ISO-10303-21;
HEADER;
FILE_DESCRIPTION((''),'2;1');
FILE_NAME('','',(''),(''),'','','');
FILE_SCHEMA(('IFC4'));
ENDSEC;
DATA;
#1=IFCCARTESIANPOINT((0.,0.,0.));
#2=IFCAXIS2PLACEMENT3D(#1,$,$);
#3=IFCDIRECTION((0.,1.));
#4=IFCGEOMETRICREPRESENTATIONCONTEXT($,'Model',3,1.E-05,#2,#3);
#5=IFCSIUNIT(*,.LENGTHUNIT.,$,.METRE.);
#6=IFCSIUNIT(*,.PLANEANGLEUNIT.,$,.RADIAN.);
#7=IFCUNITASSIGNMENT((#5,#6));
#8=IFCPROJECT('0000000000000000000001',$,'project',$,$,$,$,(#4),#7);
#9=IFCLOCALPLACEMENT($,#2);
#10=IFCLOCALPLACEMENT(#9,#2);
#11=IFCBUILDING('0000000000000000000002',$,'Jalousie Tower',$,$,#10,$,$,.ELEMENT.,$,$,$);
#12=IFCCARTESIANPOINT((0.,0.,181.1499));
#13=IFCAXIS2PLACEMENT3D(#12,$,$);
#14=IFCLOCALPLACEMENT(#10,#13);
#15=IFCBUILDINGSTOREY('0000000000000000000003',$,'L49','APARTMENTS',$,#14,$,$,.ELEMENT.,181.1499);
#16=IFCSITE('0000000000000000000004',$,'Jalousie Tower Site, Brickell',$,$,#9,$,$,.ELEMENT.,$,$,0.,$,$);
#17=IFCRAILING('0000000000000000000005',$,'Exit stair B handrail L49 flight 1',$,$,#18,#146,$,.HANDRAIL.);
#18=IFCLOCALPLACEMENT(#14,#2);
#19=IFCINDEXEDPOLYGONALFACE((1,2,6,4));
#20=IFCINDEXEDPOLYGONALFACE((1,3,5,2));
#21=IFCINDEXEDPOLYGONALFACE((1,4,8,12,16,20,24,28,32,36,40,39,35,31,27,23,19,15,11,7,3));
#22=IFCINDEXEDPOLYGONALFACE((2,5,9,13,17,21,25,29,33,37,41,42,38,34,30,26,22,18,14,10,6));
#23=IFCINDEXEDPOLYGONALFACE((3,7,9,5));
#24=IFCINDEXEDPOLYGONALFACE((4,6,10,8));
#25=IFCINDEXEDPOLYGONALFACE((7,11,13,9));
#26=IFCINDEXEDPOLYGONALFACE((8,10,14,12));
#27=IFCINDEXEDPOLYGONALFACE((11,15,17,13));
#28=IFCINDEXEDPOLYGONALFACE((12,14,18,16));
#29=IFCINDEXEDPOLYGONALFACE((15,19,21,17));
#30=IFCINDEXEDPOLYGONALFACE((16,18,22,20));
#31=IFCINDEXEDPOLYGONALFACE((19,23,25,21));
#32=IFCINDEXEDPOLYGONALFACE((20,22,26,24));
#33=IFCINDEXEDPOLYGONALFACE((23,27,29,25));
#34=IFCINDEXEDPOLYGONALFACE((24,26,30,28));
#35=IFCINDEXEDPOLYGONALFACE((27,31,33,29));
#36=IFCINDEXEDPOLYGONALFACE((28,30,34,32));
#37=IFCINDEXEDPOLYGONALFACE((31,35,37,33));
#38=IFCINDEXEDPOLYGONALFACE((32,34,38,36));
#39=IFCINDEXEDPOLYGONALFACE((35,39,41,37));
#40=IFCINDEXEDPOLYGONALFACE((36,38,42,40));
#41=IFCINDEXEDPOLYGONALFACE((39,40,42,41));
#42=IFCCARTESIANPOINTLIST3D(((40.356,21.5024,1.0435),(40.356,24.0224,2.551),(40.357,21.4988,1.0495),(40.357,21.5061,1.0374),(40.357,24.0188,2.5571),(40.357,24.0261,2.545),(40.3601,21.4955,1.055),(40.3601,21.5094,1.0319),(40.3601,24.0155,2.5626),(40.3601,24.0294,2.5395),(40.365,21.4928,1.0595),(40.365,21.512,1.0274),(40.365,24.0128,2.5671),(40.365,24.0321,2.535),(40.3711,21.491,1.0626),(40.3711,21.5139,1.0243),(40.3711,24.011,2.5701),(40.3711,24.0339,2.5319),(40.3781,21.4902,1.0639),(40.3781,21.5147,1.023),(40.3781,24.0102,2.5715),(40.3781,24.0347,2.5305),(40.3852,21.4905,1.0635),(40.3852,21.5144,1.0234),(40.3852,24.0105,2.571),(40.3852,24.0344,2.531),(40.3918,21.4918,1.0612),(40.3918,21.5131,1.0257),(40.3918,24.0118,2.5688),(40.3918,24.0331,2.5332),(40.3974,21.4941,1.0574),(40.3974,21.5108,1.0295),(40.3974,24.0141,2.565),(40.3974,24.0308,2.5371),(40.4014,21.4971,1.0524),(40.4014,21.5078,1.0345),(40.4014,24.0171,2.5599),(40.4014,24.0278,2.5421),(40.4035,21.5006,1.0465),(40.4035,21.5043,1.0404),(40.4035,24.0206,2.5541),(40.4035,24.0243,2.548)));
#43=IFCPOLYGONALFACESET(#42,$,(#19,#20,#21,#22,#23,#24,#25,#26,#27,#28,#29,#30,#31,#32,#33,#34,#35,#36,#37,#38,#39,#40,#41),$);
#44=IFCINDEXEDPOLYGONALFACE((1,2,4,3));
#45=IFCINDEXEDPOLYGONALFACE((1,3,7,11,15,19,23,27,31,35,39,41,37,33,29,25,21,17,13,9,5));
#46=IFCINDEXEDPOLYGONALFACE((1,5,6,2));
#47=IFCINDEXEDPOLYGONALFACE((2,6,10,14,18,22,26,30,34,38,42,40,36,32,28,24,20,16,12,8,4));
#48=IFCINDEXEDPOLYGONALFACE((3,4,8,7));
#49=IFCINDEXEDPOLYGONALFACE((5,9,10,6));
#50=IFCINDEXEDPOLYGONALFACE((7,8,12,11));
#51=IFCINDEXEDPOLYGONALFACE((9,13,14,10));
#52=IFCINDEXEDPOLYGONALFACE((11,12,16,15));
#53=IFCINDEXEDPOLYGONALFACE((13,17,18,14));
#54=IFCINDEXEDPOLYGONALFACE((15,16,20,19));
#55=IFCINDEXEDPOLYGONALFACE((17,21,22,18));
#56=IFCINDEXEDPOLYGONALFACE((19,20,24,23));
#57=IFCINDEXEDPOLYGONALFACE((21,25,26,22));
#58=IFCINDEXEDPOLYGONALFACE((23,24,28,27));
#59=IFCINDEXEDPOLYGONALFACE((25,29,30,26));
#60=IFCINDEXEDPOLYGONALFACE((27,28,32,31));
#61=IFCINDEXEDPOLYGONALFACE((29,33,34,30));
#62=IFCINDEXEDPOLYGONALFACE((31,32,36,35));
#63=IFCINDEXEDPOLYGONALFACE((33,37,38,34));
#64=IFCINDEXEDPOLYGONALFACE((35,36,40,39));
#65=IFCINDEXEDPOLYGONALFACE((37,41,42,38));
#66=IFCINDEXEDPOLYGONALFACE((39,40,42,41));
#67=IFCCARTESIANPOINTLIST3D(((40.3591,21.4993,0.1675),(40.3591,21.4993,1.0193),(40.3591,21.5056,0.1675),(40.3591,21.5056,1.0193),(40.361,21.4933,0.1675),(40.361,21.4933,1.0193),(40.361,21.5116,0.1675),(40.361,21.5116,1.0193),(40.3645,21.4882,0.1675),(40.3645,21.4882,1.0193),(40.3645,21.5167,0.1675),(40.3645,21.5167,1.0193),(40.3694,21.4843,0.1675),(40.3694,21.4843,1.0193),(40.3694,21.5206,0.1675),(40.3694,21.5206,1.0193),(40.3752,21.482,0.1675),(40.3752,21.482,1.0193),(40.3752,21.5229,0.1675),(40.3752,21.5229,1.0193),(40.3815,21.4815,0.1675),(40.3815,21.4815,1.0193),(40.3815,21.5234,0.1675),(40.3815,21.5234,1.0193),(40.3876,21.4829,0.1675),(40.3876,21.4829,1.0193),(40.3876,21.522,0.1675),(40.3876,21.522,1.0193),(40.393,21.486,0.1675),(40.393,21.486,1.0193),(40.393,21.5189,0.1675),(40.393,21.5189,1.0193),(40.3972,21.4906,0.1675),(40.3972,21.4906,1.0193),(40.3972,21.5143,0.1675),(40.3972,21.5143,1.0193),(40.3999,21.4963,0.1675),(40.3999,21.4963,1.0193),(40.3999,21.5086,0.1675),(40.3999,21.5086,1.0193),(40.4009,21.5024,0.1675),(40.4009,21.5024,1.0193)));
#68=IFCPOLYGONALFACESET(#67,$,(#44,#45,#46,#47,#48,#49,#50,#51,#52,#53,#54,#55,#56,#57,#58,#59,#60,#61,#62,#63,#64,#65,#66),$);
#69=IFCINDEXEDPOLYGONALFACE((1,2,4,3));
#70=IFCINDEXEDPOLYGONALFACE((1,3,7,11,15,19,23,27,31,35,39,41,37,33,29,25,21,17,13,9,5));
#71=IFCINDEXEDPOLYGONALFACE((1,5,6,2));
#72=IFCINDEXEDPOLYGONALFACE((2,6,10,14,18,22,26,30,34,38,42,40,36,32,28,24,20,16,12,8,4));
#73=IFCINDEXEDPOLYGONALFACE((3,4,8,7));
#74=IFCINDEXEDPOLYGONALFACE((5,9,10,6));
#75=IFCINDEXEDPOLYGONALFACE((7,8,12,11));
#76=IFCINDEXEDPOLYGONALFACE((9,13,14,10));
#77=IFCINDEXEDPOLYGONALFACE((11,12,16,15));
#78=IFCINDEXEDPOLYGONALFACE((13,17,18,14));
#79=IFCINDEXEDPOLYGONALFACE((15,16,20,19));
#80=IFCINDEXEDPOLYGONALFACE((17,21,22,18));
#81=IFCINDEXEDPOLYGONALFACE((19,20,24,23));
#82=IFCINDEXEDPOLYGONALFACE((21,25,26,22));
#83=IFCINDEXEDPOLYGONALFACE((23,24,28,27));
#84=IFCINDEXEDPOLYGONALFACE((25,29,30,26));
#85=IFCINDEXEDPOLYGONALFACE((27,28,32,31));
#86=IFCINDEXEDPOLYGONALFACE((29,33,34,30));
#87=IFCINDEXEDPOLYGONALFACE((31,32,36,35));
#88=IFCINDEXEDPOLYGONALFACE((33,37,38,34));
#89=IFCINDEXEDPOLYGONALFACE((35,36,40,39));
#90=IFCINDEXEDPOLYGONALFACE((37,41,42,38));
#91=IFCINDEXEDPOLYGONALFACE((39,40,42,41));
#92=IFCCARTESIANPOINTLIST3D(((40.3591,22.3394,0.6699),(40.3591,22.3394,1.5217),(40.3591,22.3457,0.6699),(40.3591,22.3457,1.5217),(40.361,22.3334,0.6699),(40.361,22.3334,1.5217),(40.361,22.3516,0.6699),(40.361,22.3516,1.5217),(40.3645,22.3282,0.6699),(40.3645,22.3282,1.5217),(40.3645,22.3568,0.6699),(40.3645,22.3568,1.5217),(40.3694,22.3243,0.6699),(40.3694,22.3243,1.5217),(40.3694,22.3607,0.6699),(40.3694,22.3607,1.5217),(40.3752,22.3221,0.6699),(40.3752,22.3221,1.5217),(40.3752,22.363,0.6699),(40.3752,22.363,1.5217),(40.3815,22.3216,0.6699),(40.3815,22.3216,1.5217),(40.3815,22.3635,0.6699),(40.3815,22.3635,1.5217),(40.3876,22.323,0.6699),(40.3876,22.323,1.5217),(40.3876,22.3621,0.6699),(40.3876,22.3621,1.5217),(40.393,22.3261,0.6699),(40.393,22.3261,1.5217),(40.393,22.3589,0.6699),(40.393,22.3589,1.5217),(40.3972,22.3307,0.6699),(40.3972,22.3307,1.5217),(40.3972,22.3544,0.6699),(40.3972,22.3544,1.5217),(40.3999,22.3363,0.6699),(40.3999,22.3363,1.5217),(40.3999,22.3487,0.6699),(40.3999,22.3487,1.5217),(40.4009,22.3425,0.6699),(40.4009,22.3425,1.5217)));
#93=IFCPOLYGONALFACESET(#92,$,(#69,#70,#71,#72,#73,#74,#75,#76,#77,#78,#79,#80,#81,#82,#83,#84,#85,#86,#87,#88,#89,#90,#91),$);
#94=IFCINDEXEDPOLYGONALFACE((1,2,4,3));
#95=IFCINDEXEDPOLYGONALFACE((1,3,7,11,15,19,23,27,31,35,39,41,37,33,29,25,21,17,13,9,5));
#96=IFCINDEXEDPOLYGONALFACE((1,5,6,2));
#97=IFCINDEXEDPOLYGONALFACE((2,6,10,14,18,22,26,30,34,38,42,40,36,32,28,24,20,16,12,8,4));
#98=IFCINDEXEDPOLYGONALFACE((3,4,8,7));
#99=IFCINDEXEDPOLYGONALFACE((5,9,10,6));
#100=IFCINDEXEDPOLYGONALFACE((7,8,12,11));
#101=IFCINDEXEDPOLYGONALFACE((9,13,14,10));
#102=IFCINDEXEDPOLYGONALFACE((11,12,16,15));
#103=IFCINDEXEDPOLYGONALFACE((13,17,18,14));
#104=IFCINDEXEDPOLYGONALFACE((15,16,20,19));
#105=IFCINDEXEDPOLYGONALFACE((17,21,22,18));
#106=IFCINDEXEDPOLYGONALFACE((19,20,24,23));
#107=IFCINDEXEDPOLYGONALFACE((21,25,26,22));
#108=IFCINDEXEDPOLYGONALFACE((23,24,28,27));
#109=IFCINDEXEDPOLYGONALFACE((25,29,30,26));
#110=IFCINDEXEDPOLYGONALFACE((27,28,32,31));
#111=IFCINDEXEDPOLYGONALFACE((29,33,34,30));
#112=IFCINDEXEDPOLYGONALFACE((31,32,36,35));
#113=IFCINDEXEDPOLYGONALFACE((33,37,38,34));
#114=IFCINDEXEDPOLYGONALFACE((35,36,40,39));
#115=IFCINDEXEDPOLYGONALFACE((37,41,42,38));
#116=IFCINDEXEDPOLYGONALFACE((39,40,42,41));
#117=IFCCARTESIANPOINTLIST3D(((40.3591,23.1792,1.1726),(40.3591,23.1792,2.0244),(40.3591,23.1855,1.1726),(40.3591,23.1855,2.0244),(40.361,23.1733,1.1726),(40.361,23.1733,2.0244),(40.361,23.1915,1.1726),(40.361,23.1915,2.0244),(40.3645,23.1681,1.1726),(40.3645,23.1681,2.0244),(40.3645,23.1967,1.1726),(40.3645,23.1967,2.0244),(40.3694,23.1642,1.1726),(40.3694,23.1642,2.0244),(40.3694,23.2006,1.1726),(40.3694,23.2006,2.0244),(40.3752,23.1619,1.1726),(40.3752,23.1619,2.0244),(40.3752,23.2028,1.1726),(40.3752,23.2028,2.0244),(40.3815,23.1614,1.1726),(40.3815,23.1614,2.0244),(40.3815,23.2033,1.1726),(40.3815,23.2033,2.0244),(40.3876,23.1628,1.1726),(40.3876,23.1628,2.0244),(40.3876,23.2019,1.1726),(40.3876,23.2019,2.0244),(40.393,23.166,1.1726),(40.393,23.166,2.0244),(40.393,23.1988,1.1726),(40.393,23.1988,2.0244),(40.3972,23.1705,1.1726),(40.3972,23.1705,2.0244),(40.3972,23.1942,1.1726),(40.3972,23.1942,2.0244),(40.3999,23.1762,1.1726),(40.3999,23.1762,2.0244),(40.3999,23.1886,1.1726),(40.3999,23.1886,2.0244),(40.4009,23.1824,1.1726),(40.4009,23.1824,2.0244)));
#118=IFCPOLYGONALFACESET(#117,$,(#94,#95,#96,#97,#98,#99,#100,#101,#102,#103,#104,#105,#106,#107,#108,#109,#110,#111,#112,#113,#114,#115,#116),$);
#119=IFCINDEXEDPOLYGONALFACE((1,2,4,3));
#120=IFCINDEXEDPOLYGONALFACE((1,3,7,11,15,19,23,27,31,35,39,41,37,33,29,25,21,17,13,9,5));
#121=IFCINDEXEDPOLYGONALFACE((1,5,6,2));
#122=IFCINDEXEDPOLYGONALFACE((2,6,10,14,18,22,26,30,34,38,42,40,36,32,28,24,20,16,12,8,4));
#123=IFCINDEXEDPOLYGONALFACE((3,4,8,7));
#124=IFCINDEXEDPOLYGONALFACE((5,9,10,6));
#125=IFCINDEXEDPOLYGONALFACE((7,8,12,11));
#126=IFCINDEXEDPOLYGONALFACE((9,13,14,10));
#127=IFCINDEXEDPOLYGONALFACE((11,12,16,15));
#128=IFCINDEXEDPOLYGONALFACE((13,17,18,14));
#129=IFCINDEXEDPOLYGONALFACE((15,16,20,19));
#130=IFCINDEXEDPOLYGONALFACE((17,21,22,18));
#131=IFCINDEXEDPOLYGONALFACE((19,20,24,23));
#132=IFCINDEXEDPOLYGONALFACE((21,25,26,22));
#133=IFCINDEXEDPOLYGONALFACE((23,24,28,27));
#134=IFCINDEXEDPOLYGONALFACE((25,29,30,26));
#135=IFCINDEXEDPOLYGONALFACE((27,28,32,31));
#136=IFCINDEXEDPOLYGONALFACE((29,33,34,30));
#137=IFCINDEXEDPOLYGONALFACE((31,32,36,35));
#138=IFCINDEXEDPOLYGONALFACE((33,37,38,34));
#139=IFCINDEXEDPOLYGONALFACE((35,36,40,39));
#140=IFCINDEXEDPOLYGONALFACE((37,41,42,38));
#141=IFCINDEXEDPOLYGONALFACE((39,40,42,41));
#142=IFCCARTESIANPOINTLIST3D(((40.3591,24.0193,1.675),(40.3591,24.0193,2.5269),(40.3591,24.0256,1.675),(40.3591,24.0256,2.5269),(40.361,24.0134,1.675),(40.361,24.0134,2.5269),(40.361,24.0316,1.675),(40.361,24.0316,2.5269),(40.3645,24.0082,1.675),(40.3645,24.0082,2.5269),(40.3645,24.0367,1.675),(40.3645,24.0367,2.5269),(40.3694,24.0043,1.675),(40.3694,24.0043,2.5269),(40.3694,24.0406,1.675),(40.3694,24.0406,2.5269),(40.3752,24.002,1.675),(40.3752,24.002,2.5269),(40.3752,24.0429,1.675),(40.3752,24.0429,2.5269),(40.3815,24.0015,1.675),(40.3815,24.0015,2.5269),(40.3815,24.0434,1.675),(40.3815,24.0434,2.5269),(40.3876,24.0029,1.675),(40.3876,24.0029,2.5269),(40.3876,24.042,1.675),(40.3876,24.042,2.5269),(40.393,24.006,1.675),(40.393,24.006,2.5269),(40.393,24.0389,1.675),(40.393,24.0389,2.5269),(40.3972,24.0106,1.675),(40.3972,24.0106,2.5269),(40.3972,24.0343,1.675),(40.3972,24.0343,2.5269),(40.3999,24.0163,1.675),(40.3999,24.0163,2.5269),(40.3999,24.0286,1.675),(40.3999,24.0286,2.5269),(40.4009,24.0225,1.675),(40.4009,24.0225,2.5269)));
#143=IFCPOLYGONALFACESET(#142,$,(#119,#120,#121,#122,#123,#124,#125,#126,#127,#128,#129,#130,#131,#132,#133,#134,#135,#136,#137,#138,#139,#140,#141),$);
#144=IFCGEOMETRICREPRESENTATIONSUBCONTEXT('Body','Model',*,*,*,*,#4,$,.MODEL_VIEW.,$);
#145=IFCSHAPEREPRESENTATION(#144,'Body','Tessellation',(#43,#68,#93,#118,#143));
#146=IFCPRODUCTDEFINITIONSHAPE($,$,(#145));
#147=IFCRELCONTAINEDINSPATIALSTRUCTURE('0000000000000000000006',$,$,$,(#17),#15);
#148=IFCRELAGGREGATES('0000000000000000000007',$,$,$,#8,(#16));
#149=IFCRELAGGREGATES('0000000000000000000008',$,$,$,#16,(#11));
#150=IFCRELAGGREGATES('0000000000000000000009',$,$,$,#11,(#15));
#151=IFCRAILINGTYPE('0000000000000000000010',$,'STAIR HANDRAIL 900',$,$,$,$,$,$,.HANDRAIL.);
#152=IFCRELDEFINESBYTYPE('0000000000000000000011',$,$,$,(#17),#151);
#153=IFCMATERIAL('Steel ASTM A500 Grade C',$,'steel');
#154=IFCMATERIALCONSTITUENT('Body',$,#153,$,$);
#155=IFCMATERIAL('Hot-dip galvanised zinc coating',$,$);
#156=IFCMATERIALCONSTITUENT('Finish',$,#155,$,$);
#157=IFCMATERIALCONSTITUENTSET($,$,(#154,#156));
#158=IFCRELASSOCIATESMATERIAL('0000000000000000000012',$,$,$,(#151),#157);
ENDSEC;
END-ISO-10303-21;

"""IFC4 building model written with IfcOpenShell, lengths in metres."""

from ifc_helpers import new_model, si_unit, direction, frame, origin, origin_2d, place, context, subcontext, project, spatial, circle, extrude, material, constituent, constituent_set, type_object, element, save


model = new_model("IFC4")

# Units and contexts
model_context = context("Model", 3, precision=1e-05, world=origin(), true_north=direction((0.0, 1.0)))
body_context = subcontext(model_context, "Body", "Model", "MODEL_VIEW")
ifc_project = project(units=[si_unit("LENGTHUNIT", "METRE"), si_unit("PLANEANGLEUNIT", "RADIAN")], contexts=[model_context])

# Site, building, storey
site_placement = place(None, origin())
site = spatial("IfcSite", under=ifc_project, at=site_placement, Name="Jalousie Tower Site, Brickell", CompositionType="ELEMENT", RefElevation=0.0)
building_placement = place(site_placement, origin())
building = spatial("IfcBuilding", under=site, at=building_placement, Name="Jalousie Tower", CompositionType="ELEMENT")
storey_placement = place(building_placement, frame((0.0, 0.0, 181.1499)))
storey = spatial("IfcBuildingStorey", under=building, at=storey_placement, Name="L49", Description="APARTMENTS", CompositionType="ELEMENT", Elevation=181.1499)

# Railing
ifc_material_1 = material(Name="Steel ASTM A500 Grade C", Category="steel")
ifc_constituent_1 = constituent(ifc_material_1, Name="Body")
ifc_material_2 = material(Name="Hot-dip galvanised zinc coating")
ifc_constituent_2 = constituent(ifc_material_2, Name="Finish")
ifc_constituent_set_1 = constituent_set(constituents=[ifc_constituent_1, ifc_constituent_2])
railing_type_1 = type_object("IfcRailingType", Name="STAIR HANDRAIL 900", PredefinedType="HANDRAIL", material=ifc_constituent_set_1)
railing_1_placement = place(storey_placement, frame((40.3799, 21.5024, 0.1675)))
element("IfcRailing", 1, at=railing_1_placement, inside=storey, type_object=railing_type_1, Name="Exit stair B handrail L49 flight 1", PredefinedType="HANDRAIL", context=body_context, shape_type="SweptSolid", body=[
    extrude(circle(Radius=0.0239, at=origin_2d()), frame((0.0, 0.0, 0.876), z_axis=(0.0, 0.85816, 0.513383), x_axis=(-1.0, 0.0, 0.0)), (0.0, 0.0, 1.0), 2.9365),
    extrude(circle(Radius=0.021, at=origin_2d()), origin(), (0.0, 0.0, 1.0), 0.8518),
    extrude(circle(Radius=0.021, at=origin_2d()), frame((0.0, 0.8401, 0.5024)), (0.0, 0.0, 1.0), 0.8518),
    extrude(circle(Radius=0.021, at=origin_2d()), frame((0.0, 1.6799, 1.0051)), (0.0, 0.0, 1.0), 0.8518),
    extrude(circle(Radius=0.021, at=origin_2d()), frame((0.0, 2.52, 1.5076)), (0.0, 0.0, 1.0), 0.8518),
])

save(model, "model.ifc")
